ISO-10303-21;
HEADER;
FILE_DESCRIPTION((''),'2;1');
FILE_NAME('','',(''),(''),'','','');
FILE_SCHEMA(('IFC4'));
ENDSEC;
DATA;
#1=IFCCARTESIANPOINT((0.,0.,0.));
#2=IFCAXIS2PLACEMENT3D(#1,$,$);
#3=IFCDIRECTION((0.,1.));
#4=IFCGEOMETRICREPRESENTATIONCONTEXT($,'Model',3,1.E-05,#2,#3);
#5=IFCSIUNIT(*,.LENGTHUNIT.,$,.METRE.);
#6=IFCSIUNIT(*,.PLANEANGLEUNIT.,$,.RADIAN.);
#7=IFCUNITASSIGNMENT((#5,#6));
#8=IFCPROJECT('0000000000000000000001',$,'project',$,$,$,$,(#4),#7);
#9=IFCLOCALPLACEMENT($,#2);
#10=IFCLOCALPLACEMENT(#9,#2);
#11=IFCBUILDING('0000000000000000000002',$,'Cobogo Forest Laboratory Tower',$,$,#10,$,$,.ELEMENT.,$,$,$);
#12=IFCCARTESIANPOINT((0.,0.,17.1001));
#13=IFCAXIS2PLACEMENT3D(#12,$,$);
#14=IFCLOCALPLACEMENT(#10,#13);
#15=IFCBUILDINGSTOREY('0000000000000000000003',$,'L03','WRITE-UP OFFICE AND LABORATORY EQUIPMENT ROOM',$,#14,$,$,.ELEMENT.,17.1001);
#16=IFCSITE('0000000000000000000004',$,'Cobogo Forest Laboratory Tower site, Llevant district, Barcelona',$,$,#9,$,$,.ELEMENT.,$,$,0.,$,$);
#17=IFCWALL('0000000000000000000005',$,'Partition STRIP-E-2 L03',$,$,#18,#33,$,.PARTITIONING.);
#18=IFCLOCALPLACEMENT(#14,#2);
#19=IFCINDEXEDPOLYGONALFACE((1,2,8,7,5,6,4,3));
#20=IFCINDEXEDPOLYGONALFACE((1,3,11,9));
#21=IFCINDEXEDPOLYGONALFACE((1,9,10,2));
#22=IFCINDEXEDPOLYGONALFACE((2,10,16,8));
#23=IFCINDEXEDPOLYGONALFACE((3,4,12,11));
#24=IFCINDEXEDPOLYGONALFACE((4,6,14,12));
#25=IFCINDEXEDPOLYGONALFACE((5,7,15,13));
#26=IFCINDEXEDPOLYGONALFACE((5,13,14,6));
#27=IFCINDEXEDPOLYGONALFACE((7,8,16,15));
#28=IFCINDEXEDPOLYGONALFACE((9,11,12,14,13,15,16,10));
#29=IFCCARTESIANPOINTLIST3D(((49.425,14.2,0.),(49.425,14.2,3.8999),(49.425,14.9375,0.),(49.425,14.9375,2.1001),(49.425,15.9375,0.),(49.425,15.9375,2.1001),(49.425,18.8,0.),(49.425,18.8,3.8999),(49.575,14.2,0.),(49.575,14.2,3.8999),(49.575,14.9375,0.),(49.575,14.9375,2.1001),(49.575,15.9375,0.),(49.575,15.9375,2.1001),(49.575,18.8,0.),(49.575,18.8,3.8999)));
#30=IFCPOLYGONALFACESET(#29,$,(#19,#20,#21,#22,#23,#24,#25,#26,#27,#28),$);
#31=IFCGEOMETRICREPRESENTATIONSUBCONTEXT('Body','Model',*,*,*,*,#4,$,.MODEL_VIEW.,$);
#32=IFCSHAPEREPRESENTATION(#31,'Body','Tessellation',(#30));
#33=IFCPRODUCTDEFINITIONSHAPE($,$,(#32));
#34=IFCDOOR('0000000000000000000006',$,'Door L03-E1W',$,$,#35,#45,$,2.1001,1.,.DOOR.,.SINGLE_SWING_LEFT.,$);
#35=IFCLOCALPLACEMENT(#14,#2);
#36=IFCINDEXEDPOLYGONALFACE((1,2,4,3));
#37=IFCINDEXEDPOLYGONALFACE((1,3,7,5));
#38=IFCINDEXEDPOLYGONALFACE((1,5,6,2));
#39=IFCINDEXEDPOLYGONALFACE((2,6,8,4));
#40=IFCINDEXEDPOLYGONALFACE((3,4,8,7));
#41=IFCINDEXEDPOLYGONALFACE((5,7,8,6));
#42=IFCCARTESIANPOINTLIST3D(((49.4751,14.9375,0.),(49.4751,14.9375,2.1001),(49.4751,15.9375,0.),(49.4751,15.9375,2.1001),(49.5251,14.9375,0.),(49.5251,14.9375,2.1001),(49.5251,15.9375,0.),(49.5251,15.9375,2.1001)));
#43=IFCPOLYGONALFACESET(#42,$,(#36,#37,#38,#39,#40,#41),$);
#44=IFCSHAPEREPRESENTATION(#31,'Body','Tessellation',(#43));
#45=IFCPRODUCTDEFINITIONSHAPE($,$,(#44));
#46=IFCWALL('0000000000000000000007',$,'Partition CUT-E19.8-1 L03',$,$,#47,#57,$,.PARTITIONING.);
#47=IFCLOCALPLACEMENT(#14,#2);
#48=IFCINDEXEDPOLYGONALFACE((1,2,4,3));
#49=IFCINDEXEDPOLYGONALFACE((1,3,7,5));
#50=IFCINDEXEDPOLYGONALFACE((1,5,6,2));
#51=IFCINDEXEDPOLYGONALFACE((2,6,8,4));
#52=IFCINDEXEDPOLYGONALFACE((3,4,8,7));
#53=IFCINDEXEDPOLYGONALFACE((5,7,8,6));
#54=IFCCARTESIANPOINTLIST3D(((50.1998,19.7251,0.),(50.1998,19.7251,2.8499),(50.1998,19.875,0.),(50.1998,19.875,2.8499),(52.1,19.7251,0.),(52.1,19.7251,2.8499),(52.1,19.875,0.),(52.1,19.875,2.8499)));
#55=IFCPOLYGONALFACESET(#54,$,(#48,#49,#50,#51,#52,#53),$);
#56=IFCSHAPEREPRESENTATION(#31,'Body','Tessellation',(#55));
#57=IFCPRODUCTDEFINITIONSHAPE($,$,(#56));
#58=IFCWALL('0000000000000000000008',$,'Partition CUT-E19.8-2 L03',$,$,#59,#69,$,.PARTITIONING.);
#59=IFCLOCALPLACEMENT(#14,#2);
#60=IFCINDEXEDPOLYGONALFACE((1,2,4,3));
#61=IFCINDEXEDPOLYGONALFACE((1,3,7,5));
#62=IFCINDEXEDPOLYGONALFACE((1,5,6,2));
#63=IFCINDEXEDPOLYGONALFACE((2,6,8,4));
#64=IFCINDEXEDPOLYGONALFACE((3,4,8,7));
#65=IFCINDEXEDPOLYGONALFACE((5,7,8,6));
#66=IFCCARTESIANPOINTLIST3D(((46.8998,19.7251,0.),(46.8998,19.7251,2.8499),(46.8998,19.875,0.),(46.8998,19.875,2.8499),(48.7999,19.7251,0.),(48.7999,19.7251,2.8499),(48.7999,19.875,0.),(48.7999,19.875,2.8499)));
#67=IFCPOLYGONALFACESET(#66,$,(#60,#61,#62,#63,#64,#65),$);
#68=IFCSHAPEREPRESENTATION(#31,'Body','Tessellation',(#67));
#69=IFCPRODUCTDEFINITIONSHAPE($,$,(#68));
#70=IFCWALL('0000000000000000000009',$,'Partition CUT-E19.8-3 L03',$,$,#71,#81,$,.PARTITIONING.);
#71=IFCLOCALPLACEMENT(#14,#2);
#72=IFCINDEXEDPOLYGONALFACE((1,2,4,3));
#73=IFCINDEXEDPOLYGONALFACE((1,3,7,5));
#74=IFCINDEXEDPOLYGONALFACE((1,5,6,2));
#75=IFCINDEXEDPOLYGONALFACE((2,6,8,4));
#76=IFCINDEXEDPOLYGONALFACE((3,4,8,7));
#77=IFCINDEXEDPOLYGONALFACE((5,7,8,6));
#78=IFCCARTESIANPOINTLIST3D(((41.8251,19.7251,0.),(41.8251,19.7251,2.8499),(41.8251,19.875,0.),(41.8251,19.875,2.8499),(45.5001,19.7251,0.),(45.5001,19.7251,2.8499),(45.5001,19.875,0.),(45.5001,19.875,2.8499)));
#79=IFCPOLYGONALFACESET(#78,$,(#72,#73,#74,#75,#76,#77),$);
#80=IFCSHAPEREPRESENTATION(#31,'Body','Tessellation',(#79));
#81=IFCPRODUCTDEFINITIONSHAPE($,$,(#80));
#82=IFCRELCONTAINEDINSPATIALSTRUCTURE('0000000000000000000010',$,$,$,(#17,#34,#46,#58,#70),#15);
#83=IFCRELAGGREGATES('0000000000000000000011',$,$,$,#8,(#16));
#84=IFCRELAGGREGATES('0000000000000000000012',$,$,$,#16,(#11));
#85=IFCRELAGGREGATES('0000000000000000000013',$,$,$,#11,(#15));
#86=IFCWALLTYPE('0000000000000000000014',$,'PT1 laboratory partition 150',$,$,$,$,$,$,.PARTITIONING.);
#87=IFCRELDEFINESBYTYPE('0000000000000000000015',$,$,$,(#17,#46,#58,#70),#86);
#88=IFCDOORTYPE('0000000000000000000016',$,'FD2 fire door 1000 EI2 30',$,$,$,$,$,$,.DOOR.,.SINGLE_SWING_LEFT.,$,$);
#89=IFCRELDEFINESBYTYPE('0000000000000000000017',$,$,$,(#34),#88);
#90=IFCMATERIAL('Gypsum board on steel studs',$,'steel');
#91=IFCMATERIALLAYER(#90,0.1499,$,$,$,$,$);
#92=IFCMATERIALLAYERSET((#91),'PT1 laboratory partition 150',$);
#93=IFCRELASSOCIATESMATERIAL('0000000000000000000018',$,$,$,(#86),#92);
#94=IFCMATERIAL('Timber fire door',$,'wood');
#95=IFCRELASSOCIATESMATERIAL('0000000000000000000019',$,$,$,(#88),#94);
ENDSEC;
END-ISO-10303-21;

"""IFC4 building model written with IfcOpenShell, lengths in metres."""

from ifc_helpers import new_model, si_unit, direction, frame, frame_2d, origin, place, context, subcontext, project, spatial, rectangle, extrude, material, layer, layer_set, type_object, element, fill, save


model = new_model("IFC4")

# Units and contexts
model_context = context("Model", 3, precision=1e-05, world=origin(), true_north=direction((0.0, 1.0)))
body_context = subcontext(model_context, "Body", "Model", "MODEL_VIEW")
ifc_project = project(units=[si_unit("LENGTHUNIT", "METRE"), si_unit("PLANEANGLEUNIT", "RADIAN")], contexts=[model_context])

# Site, building, storey
site_placement = place(None, origin())
site = spatial("IfcSite", under=ifc_project, at=site_placement, Name="Cobogo Forest Laboratory Tower site, Llevant district, Barcelona", CompositionType="ELEMENT", RefElevation=0.0)
building_placement = place(site_placement, origin())
building = spatial("IfcBuilding", under=site, at=building_placement, Name="Cobogo Forest Laboratory Tower", CompositionType="ELEMENT")
storey_placement = place(building_placement, frame((0.0, 0.0, 17.1001)))
storey = spatial("IfcBuildingStorey", under=building, at=storey_placement, Name="L03", Description="WRITE-UP OFFICE AND LABORATORY EQUIPMENT ROOM", CompositionType="ELEMENT", Elevation=17.1001)

# Shared definitions
ifc_material_1 = material(Name="Gypsum board on steel studs", Category="steel")
ifc_layer_1 = layer(ifc_material_1, 0.1499)
ifc_layer_set_1 = layer_set([ifc_layer_1], Name="PT1 laboratory partition 150")
wall_type = type_object("IfcWallType", Name="PT1 laboratory partition 150", PredefinedType="PARTITIONING", material=ifc_layer_set_1)

# Wall, opening, door
wall_1_placement = place(storey_placement, frame((49.5, 14.2, 0.0), z_axis=(0.0, 0.0, 1.0), x_axis=(0.0, 1.0, 0.0)))
wall_1 = element("IfcWall", 1, at=wall_1_placement, inside=storey, type_object=wall_type, Name="Partition STRIP-E-2 L03", PredefinedType="PARTITIONING", context=body_context, shape_type="SweptSolid", body=[
    extrude(rectangle(XDim=4.6001, YDim=0.1499, at=frame_2d((2.3, 0.0))), origin(), (0.0, 0.0, 1.0), 3.8999),
])
opening_placement = place(wall_1_placement, frame((0.7375, 0.0, 0.0)))
opening = element("IfcOpeningElement", 2, at=opening_placement, cuts=wall_1, PredefinedType="OPENING", context=body_context, shape_type="SweptSolid", body=[
    extrude(rectangle(XDim=1.0, YDim=2.1001, at=frame_2d((0.5, 1.05))), frame((0.0, 0.085, 0.0), z_axis=(0.0, -1.0, 0.0), x_axis=(1.0, 0.0, 0.0)), (0.0, 0.0, 1.0), 0.1699),
])
ifc_material_2 = material(Name="Timber fire door", Category="wood")
door_type = type_object("IfcDoorType", Name="FD2 fire door 1000 EI2 30", OperationType="SINGLE_SWING_LEFT", PredefinedType="DOOR", material=ifc_material_2)
door_placement = place(opening_placement, origin())
door = element("IfcDoor", 3, at=door_placement, inside=storey, type_object=door_type, Name="Door L03-E1W", OperationType="SINGLE_SWING_LEFT", OverallHeight=2.1001, OverallWidth=1.0, PredefinedType="DOOR", context=body_context, shape_type="SweptSolid", body=[
    extrude(rectangle(XDim=1.0, YDim=2.1001, at=frame_2d((0.5, 1.05))), frame((0.0, 0.0249, 0.0), z_axis=(0.0, -1.0, 0.0), x_axis=(1.0, 0.0, 0.0)), (0.0, 0.0, 1.0), 0.05),
])
fill(opening, door)

# Walls
for number, where, z_axis, x_axis, name in (
    (4, (52.1001, 19.8, 0.0), (0.0, 0.0, 1.0), (-1.0, 0.0, 0.0), "Partition CUT-E19.8-1 L03"),
    (5, (48.8, 19.8, 0.0), (0.0, 0.0, 1.0), (-1.0, 0.0, 0.0), "Partition CUT-E19.8-2 L03"),
):
    element("IfcWall", number, at=place(storey_placement, frame(where, z_axis=z_axis, x_axis=x_axis)), inside=storey, type_object=wall_type, Name=name, PredefinedType="PARTITIONING", context=body_context, shape_type="SweptSolid", body=[
        extrude(rectangle(XDim=1.9001, YDim=0.1499, at=frame_2d((0.9502, 0.0))), origin(), (0.0, 0.0, 1.0), 2.8499),
    ])
wall_2_placement = place(storey_placement, frame((45.5, 19.8, 0.0), z_axis=(0.0, 0.0, 1.0), x_axis=(-1.0, 0.0, 0.0)))
element("IfcWall", 6, at=wall_2_placement, inside=storey, type_object=wall_type, Name="Partition CUT-E19.8-3 L03", PredefinedType="PARTITIONING", context=body_context, shape_type="SweptSolid", body=[
    extrude(rectangle(XDim=3.675, YDim=0.1499, at=frame_2d((1.8374, 0.0))), origin(), (0.0, 0.0, 1.0), 2.8499),
])

save(model, "model.ifc")
